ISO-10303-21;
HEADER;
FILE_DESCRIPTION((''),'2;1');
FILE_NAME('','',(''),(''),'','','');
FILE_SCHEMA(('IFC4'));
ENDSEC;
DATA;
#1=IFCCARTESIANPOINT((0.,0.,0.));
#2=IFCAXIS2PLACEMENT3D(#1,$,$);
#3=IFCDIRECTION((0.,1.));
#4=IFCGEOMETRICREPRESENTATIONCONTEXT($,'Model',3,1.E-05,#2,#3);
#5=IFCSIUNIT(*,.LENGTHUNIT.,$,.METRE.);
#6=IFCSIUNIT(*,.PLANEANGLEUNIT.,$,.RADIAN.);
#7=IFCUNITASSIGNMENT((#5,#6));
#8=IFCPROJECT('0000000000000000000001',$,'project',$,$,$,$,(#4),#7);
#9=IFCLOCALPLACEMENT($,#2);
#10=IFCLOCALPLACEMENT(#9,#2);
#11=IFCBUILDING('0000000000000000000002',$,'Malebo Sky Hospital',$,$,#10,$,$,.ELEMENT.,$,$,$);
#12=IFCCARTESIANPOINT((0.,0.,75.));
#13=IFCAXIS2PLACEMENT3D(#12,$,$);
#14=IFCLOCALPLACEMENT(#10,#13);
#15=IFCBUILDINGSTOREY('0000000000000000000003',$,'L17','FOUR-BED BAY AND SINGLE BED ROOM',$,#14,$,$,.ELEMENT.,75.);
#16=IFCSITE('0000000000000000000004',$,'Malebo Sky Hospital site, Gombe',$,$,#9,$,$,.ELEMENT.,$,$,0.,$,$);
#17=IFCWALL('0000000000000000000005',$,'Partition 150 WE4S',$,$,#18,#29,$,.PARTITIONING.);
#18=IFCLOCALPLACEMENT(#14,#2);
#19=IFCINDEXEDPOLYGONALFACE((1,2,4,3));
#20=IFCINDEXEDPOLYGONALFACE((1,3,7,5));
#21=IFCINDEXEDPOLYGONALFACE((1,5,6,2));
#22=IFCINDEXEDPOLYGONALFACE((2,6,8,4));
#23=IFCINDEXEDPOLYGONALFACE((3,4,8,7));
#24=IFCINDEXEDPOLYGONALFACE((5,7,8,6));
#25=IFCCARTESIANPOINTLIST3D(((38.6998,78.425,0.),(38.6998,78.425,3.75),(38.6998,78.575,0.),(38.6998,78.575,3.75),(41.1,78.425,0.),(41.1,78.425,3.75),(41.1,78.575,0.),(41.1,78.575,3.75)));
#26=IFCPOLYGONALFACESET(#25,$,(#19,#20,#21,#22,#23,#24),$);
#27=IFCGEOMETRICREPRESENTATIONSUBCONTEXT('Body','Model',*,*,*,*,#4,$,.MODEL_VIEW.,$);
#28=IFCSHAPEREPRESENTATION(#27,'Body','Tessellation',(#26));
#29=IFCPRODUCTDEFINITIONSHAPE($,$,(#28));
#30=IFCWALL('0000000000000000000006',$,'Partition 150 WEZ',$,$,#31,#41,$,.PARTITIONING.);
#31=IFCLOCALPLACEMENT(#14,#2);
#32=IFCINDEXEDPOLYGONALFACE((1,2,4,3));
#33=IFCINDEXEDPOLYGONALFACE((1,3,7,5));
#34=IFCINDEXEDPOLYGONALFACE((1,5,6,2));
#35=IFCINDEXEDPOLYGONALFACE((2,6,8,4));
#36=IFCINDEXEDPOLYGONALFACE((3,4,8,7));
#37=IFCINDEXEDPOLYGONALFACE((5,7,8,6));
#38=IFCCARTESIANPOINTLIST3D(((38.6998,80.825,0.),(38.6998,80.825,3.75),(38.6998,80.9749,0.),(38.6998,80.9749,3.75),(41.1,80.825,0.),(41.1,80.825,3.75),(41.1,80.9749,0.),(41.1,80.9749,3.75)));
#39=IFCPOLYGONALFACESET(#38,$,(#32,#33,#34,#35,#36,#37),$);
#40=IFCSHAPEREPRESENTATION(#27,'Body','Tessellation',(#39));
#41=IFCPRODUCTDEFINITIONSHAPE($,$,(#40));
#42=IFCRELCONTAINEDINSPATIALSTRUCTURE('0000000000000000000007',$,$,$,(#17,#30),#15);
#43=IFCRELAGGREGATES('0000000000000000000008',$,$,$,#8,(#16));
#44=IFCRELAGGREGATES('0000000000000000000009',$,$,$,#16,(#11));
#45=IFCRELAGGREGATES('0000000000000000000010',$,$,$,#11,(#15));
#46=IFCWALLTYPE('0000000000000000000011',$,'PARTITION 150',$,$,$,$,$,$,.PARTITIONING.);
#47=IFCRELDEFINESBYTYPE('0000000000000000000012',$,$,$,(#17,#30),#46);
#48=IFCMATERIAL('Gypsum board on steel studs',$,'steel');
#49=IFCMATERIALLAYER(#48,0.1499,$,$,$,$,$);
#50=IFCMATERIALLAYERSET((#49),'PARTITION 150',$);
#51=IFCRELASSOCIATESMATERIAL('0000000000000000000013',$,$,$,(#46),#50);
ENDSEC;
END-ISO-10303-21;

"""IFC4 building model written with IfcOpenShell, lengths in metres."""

from ifc_helpers import new_model, si_unit, direction, frame, frame_2d, origin, place, context, subcontext, project, spatial, rectangle, extrude, material, layer, layer_set, type_object, element, save


model = new_model("IFC4")

# Units and contexts
model_context = context("Model", 3, precision=1e-05, world=origin(), true_north=direction((0.0, 1.0)))
body_context = subcontext(model_context, "Body", "Model", "MODEL_VIEW")
ifc_project = project(units=[si_unit("LENGTHUNIT", "METRE"), si_unit("PLANEANGLEUNIT", "RADIAN")], contexts=[model_context])

# Site, building, storey
site_placement = place(None, origin())
site = spatial("IfcSite", under=ifc_project, at=site_placement, Name="Malebo Sky Hospital site, Gombe", CompositionType="ELEMENT", RefElevation=0.0)
building_placement = place(site_placement, origin())
building = spatial("IfcBuilding", under=site, at=building_placement, Name="Malebo Sky Hospital", CompositionType="ELEMENT")
storey_placement = place(building_placement, frame((0.0, 0.0, 75.0)))
storey = spatial("IfcBuildingStorey", under=building, at=storey_placement, Name="L17", Description="FOUR-BED BAY AND SINGLE BED ROOM", CompositionType="ELEMENT", Elevation=75.0)

# Shared definitions
ifc_material_1 = material(Name="Gypsum board on steel studs", Category="steel")

# Shared definitions
ifc_layer_1 = layer(ifc_material_1, 0.1499)
ifc_layer_set_1 = layer_set([ifc_layer_1], Name="PARTITION 150")
wall_type_1 = type_object("IfcWallType", Name="PARTITION 150", PredefinedType="PARTITIONING", material=ifc_layer_set_1)

# Walls
for number, where, z_axis, x_axis, name in (
    (1, (41.1001, 78.5, 0.0), (0.0, 0.0, 1.0), (-1.0, 0.0, 0.0), "Partition 150 WE4S"),
    (2, (41.1001, 80.8999, 0.0), (0.0, 0.0, 1.0), (-1.0, 0.0, 0.0), "Partition 150 WEZ"),
):
    element("IfcWall", number, at=place(storey_placement, frame(where, z_axis=z_axis, x_axis=x_axis)), inside=storey, type_object=wall_type_1, Name=name, PredefinedType="PARTITIONING", context=body_context, shape_type="SweptSolid", body=[
        extrude(rectangle(XDim=2.4001, YDim=0.1499, at=frame_2d((1.2002, 0.0))), origin(), (0.0, 0.0, 1.0), 3.75),
    ])

save(model, "model.ifc")
